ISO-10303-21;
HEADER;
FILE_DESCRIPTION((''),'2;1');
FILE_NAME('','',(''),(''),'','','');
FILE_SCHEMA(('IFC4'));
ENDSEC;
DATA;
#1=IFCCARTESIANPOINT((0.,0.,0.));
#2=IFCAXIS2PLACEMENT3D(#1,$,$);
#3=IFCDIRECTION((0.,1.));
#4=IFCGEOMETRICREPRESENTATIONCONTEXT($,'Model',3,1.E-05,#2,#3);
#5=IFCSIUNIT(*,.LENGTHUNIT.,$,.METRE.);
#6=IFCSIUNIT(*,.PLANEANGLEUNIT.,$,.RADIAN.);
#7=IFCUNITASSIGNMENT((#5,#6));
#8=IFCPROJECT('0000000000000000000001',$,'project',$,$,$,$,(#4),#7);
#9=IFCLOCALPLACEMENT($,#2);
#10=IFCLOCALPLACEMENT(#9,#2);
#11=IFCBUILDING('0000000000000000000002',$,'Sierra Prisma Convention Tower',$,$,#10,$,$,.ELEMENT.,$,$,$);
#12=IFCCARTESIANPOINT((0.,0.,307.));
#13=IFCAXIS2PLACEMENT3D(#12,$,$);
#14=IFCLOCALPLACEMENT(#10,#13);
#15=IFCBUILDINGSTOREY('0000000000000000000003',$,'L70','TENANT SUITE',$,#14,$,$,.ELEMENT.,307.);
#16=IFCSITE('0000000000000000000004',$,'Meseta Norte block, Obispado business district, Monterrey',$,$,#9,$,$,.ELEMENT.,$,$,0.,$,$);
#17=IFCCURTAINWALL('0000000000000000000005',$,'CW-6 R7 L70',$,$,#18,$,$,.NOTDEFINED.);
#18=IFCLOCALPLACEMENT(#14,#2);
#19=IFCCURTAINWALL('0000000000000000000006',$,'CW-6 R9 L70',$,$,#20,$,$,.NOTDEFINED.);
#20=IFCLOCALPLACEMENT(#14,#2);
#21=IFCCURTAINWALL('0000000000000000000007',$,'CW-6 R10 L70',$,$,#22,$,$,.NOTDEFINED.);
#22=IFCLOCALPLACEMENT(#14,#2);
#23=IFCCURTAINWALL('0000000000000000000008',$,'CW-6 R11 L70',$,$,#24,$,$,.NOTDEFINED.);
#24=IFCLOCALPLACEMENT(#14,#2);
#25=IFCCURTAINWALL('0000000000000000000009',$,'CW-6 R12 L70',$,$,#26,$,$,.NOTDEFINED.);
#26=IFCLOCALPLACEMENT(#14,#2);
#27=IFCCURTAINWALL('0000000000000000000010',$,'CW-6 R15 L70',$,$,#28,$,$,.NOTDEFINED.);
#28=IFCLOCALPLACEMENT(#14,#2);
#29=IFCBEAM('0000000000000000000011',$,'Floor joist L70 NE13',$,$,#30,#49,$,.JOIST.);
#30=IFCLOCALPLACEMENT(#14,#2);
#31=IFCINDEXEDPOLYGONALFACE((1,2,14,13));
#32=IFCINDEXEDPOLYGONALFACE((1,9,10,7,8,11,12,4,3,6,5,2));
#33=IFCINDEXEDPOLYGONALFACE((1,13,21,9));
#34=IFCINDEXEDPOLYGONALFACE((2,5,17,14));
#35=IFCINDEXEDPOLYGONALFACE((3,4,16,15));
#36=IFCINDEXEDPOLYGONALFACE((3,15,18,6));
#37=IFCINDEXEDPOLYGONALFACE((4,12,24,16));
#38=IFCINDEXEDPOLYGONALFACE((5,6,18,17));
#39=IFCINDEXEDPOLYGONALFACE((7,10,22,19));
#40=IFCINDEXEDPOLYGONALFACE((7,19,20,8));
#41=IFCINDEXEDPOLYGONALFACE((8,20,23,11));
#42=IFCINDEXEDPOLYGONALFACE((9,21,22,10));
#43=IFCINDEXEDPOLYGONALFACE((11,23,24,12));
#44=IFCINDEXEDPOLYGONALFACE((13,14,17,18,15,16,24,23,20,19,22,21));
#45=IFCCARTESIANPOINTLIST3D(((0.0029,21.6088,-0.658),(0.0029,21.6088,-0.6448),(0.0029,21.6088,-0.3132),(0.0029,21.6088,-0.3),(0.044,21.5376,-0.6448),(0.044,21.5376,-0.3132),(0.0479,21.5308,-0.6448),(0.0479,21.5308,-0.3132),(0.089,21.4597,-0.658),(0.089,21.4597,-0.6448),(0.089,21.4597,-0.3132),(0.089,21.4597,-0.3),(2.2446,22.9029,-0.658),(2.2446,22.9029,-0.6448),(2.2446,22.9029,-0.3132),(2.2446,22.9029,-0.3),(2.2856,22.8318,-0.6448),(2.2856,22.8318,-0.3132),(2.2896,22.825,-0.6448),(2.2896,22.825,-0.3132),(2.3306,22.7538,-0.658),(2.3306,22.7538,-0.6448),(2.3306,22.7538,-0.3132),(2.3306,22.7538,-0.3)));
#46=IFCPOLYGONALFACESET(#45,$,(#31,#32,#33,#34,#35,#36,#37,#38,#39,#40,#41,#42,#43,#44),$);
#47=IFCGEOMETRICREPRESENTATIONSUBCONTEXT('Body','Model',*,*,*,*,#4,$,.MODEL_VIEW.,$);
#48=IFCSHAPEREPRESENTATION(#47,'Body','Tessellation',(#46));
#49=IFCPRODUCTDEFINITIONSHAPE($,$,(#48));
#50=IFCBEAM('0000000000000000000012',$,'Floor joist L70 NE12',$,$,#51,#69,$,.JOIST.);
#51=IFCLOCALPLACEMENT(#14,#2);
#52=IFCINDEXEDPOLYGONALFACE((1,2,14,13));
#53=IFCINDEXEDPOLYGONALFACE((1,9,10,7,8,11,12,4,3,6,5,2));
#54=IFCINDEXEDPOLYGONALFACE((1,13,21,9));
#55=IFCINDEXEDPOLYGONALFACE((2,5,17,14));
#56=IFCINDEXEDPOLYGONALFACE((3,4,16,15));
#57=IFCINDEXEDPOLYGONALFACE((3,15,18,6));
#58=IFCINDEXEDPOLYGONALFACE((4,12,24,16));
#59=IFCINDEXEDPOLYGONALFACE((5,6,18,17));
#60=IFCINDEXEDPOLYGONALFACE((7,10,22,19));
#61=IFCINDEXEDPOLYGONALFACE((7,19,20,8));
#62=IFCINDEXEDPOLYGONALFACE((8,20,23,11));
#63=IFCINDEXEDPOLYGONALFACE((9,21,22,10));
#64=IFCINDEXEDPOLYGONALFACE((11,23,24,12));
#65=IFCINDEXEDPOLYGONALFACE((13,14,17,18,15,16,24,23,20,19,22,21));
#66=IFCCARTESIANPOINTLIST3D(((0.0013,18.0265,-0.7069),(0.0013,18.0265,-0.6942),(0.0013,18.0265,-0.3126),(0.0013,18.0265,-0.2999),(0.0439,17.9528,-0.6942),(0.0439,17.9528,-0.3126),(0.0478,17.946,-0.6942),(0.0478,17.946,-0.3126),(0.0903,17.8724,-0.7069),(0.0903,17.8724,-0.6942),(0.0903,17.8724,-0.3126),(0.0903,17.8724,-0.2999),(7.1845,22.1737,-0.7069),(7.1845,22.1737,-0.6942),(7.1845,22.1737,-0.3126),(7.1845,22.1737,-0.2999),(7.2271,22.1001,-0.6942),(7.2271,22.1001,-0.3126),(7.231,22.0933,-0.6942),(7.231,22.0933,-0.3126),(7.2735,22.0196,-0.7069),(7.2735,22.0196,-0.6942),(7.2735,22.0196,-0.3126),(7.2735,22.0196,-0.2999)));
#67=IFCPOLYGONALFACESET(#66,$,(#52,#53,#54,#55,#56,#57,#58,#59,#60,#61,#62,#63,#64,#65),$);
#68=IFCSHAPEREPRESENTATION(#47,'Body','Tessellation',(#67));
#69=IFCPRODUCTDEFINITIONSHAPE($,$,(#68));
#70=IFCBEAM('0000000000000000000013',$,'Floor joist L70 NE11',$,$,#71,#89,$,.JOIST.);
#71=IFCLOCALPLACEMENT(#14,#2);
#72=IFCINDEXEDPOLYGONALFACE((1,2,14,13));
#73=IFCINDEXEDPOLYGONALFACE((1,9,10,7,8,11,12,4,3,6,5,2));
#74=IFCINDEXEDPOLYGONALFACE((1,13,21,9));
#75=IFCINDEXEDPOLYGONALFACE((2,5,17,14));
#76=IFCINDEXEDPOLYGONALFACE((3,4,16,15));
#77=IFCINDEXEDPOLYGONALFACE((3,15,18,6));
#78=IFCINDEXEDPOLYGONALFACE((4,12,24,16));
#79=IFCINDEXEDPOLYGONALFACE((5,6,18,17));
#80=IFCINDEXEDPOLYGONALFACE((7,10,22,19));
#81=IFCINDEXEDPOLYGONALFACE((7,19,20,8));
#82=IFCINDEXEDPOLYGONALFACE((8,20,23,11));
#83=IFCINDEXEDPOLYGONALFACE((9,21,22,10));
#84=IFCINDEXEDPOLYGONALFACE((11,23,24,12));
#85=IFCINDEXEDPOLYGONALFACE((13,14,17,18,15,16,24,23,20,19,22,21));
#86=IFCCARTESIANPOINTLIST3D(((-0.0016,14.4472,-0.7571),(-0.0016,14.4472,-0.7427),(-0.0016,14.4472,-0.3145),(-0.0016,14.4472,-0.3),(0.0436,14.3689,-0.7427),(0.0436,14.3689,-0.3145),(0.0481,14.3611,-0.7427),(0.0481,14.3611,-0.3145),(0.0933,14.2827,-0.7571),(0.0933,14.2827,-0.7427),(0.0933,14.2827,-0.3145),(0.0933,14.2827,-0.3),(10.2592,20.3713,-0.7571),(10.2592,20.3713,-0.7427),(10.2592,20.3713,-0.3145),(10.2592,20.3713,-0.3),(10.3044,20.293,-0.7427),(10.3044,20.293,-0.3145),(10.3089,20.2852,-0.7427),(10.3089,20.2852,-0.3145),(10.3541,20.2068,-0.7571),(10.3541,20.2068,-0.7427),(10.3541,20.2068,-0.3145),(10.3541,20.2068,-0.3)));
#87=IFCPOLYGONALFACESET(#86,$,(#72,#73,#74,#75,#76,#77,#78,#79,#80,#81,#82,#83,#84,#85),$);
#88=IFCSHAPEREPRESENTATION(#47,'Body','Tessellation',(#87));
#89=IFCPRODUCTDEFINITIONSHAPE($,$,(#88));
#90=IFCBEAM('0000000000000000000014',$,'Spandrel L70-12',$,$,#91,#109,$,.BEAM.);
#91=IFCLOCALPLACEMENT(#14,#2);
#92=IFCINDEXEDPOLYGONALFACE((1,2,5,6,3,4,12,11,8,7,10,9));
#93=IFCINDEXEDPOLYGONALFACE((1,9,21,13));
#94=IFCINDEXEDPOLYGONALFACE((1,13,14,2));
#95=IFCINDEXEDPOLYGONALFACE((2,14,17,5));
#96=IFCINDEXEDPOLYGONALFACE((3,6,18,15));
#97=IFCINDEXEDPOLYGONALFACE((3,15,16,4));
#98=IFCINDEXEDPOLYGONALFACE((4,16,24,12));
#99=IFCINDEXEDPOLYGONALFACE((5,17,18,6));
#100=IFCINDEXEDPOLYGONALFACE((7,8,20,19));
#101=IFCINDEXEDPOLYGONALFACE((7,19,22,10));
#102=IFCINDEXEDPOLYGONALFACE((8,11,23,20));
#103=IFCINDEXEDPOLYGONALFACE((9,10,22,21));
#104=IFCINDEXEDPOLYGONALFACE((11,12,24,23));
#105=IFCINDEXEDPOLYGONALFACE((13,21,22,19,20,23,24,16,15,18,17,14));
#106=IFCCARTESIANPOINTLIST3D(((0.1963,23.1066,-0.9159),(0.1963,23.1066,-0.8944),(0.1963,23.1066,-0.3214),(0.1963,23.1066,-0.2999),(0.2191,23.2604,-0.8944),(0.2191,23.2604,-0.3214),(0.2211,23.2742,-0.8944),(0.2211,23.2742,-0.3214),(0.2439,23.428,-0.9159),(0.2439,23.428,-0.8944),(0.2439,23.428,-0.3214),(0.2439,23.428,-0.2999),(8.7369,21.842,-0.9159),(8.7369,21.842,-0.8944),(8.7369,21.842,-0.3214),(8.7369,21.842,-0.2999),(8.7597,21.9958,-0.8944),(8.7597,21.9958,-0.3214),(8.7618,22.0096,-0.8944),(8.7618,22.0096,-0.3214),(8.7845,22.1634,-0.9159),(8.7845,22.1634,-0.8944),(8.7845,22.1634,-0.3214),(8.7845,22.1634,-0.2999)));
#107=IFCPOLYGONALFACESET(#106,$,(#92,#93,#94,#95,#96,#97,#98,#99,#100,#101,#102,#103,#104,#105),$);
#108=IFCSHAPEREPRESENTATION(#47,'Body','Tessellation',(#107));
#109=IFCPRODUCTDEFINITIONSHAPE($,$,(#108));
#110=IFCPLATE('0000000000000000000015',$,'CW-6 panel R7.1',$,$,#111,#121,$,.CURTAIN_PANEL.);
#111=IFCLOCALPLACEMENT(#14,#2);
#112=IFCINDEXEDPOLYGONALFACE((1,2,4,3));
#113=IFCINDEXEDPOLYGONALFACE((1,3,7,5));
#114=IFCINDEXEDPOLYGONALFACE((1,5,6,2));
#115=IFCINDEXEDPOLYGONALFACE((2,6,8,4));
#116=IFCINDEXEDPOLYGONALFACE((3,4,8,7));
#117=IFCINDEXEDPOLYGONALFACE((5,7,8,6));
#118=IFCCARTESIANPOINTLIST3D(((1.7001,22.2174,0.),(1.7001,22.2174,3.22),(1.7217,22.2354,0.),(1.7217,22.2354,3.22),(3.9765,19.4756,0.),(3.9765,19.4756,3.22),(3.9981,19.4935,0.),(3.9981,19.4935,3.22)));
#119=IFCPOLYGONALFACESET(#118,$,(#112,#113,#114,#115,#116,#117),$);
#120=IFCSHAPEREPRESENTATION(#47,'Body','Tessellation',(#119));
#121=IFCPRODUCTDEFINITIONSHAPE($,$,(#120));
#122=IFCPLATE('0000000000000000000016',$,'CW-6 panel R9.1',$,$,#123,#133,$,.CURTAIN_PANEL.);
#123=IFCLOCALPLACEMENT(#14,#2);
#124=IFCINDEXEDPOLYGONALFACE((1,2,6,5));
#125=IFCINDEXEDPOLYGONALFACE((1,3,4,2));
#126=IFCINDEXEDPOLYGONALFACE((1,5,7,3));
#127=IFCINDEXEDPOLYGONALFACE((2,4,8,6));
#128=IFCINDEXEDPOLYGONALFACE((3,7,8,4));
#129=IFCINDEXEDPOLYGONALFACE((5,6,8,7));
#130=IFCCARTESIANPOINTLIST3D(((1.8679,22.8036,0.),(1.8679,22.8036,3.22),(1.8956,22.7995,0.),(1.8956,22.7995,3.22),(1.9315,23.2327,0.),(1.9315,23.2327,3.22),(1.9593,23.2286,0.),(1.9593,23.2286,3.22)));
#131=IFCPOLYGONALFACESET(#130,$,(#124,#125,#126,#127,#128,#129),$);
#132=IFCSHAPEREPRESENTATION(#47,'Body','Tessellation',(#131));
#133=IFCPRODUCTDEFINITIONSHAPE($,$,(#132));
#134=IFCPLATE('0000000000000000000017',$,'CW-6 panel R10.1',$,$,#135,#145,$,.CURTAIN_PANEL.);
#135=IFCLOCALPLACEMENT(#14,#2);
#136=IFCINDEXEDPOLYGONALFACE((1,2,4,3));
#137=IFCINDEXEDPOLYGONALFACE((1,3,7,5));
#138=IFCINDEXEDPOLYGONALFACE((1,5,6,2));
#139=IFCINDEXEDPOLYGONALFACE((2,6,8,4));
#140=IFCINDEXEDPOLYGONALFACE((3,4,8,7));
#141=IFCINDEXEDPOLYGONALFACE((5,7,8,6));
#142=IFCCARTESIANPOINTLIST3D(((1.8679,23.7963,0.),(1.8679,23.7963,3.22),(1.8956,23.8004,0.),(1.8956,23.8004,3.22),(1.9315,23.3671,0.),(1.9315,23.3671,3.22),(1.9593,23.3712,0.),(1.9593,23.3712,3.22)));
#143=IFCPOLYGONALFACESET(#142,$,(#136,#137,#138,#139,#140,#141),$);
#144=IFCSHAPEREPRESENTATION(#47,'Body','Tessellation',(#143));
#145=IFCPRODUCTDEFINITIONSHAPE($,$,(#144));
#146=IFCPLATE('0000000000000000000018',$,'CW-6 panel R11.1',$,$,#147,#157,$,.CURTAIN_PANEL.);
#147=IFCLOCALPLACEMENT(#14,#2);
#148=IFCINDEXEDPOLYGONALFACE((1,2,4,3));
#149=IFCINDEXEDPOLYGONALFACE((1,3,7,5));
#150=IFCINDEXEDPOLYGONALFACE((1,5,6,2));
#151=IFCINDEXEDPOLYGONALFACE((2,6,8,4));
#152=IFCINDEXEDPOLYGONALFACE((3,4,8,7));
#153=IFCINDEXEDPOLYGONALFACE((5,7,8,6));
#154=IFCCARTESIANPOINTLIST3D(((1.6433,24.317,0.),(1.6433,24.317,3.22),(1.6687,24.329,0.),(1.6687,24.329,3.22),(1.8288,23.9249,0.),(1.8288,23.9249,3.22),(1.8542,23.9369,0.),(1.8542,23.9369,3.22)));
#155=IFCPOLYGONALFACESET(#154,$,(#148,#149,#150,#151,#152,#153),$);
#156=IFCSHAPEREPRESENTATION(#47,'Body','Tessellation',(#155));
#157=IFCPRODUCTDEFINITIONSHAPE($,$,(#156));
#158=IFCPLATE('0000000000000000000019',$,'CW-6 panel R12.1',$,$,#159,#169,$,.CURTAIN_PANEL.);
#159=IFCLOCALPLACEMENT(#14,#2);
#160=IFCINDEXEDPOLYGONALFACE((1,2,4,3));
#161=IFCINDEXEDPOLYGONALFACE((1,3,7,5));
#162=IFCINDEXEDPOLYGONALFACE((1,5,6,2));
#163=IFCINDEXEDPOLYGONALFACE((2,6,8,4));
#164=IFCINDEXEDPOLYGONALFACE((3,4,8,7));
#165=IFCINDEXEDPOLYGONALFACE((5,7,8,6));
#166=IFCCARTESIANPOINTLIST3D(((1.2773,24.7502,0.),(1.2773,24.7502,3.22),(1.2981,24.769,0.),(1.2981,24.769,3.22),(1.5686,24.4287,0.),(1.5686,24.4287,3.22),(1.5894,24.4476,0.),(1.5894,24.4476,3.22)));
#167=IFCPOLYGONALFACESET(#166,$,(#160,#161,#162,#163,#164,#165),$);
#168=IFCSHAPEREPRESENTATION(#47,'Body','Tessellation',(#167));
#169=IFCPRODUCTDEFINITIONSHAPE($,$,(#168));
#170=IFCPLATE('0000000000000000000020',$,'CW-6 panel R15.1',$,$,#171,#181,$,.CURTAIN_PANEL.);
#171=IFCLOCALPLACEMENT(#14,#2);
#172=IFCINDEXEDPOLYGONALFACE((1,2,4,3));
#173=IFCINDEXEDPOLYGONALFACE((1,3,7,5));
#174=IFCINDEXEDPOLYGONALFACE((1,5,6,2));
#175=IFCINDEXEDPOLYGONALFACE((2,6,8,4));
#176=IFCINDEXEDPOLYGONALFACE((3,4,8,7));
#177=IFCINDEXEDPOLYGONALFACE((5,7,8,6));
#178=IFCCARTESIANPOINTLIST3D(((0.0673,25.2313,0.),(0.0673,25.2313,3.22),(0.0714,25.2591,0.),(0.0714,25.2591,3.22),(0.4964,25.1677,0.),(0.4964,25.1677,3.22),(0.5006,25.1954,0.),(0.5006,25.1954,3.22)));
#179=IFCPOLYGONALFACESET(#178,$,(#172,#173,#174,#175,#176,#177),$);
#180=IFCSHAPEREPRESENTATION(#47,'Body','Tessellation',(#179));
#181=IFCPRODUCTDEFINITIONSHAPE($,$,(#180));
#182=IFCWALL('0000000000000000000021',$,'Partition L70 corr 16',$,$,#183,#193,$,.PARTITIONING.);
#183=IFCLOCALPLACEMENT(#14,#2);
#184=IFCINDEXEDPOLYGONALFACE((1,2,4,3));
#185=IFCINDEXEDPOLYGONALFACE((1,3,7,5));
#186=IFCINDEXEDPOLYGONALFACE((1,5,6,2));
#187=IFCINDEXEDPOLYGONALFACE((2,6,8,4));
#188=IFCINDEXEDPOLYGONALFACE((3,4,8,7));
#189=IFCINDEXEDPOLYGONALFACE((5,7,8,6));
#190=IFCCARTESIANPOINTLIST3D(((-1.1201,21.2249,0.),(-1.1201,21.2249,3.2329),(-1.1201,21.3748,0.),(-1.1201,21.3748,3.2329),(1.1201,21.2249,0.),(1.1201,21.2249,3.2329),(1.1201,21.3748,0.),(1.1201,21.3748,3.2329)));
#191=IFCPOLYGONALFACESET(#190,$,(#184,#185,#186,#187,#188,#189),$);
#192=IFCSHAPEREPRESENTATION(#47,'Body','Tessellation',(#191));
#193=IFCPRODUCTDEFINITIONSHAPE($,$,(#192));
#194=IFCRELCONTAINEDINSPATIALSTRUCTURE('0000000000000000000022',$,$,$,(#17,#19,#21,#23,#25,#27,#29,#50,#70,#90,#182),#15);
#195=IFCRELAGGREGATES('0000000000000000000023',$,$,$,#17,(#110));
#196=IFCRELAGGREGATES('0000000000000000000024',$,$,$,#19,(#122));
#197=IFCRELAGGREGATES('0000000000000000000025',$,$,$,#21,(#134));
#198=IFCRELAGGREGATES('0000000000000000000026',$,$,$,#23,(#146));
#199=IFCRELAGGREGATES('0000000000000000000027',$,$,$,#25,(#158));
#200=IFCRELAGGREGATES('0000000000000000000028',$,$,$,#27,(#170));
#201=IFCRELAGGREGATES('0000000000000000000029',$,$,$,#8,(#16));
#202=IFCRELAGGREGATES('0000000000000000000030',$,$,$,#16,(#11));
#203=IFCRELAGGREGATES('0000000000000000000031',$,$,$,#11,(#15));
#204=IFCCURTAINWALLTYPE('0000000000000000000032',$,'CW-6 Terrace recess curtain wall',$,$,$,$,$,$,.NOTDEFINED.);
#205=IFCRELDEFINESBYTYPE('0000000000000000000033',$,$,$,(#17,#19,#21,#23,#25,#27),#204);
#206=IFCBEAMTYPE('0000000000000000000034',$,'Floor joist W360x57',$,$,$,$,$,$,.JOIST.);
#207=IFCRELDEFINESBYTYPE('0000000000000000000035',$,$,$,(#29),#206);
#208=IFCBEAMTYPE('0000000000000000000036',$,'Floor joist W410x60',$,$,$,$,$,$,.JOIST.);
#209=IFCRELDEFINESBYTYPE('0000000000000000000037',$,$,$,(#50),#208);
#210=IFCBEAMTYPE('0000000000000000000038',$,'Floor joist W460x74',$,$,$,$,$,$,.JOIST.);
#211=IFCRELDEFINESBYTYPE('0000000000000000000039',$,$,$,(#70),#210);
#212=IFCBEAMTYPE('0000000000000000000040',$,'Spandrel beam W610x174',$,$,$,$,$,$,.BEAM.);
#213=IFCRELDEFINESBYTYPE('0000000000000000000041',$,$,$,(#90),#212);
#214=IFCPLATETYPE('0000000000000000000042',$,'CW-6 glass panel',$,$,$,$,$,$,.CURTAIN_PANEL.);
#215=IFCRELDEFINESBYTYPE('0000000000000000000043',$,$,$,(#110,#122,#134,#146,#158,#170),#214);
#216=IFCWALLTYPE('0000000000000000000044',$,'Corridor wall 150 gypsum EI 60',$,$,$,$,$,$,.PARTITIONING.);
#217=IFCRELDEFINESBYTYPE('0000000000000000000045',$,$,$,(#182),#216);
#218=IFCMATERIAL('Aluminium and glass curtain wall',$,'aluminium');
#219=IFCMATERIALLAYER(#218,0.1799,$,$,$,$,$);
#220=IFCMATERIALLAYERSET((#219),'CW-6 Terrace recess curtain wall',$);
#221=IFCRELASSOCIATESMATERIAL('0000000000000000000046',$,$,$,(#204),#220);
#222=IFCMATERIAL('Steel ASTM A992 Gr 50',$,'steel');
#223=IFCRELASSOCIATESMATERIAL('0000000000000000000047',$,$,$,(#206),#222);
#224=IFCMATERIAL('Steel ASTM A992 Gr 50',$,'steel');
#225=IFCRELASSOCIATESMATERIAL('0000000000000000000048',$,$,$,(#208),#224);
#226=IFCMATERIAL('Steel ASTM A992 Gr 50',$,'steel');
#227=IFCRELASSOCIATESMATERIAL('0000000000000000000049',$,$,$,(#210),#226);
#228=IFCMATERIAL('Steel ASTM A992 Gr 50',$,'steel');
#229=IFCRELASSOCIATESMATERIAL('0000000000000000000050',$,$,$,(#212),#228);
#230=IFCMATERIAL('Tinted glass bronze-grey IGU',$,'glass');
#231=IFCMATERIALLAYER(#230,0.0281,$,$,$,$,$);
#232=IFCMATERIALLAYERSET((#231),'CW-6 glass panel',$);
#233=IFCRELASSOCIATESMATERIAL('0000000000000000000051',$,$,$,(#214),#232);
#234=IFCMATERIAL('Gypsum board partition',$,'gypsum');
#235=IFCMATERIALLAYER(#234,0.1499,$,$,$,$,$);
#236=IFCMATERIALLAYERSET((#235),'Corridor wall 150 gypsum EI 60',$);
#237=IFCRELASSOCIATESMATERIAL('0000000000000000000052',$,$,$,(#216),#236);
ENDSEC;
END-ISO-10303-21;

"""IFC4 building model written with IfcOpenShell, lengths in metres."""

from ifc_helpers import new_model, si_unit, direction, frame, frame_2d, origin, origin_2d, place, context, subcontext, project, spatial, rectangle, i_section, extrude, material, layer, layer_set, material_profile, profile_set, type_object, element, aggregate, save


model = new_model("IFC4")

# Units and contexts
model_context = context("Model", 3, precision=1e-05, world=origin(), true_north=direction((0.0, 1.0)))
body_context = subcontext(model_context, "Body", "Model", "MODEL_VIEW")
ifc_project = project(units=[si_unit("LENGTHUNIT", "METRE"), si_unit("PLANEANGLEUNIT", "RADIAN")], contexts=[model_context])

# Site, building, storey
site_placement = place(None, origin())
site = spatial("IfcSite", under=ifc_project, at=site_placement, Name="Meseta Norte block, Obispado business district, Monterrey", CompositionType="ELEMENT", RefElevation=0.0)
building_placement = place(site_placement, origin())
building = spatial("IfcBuilding", under=site, at=building_placement, Name="Sierra Prisma Convention Tower", CompositionType="ELEMENT")
storey_placement = place(building_placement, frame((0.0, 0.0, 307.0)))
storey = spatial("IfcBuildingStorey", under=building, at=storey_placement, Name="L70", Description="TENANT SUITE", CompositionType="ELEMENT", Elevation=307.0)

# Curtain walls
ifc_material_1 = material(Name="Aluminium and glass curtain wall", Category="aluminium")
ifc_layer_1 = layer(ifc_material_1, 0.1799)
ifc_layer_set_1 = layer_set([ifc_layer_1], Name="CW-6 Terrace recess curtain wall")
curtain_wall_type = type_object("IfcCurtainWallType", Name="CW-6 Terrace recess curtain wall", PredefinedType="NOTDEFINED", material=ifc_layer_set_1)
curtain_wall_1_placement = place(storey_placement, origin())
curtain_wall_1 = element("IfcCurtainWall", 1, at=curtain_wall_1_placement, inside=storey, type_object=curtain_wall_type, Name="CW-6 R7 L70", PredefinedType="NOTDEFINED")
curtain_wall_2_placement = place(storey_placement, origin())
curtain_wall_2 = element("IfcCurtainWall", 2, at=curtain_wall_2_placement, inside=storey, type_object=curtain_wall_type, Name="CW-6 R9 L70", PredefinedType="NOTDEFINED")
curtain_wall_3_placement = place(storey_placement, origin())
curtain_wall_3 = element("IfcCurtainWall", 3, at=curtain_wall_3_placement, inside=storey, type_object=curtain_wall_type, Name="CW-6 R10 L70", PredefinedType="NOTDEFINED")
curtain_wall_4_placement = place(storey_placement, origin())
curtain_wall_4 = element("IfcCurtainWall", 4, at=curtain_wall_4_placement, inside=storey, type_object=curtain_wall_type, Name="CW-6 R11 L70", PredefinedType="NOTDEFINED")
curtain_wall_5_placement = place(storey_placement, origin())
curtain_wall_5 = element("IfcCurtainWall", 5, at=curtain_wall_5_placement, inside=storey, type_object=curtain_wall_type, Name="CW-6 R12 L70", PredefinedType="NOTDEFINED")
curtain_wall_6_placement = place(storey_placement, origin())
curtain_wall_6 = element("IfcCurtainWall", 6, at=curtain_wall_6_placement, inside=storey, type_object=curtain_wall_type, Name="CW-6 R15 L70", PredefinedType="NOTDEFINED")

# Beams
ifc_material_2 = material(Name="Steel ASTM A992 Gr 50", Category="steel")
ifc_material_profile_1 = material_profile(ifc_material_2, i_section(OverallWidth=0.1721, OverallDepth=0.3579, WebThickness=0.0078, FlangeThickness=0.0132, at=origin_2d()), Name="W360x57")
ifc_profile_set_1 = profile_set([ifc_material_profile_1], Name="Steel ASTM A992 Gr 50")
beam_type_1 = type_object("IfcBeamType", Name="Floor joist W360x57", PredefinedType="JOIST", material=ifc_profile_set_1)
beam_1_placement = place(storey_placement, frame((2.2876, 22.8284, -0.479), z_axis=(-0.866035, -0.499984, 0.0), x_axis=(0.499984, -0.866035, 0.0)))
element("IfcBeam", 7, at=beam_1_placement, inside=storey, type_object=beam_type_1, Name="Floor joist L70 NE13", PredefinedType="JOIST", context=body_context, shape_type="SweptSolid", body=[
    extrude(i_section(OverallWidth=0.1721, OverallDepth=0.3579, WebThickness=0.0078, FlangeThickness=0.0132, at=origin_2d()), origin(), (0.0, 0.0, 1.0), 2.5884),
])
ifc_material_3 = material(Name="Steel ASTM A992 Gr 50", Category="steel")
ifc_material_profile_2 = material_profile(ifc_material_3, i_section(OverallWidth=0.178, OverallDepth=0.407, WebThickness=0.0078, FlangeThickness=0.0127, at=origin_2d()), Name="W410x60")
ifc_profile_set_2 = profile_set([ifc_material_profile_2], Name="Steel ASTM A992 Gr 50")
beam_type_2 = type_object("IfcBeamType", Name="Floor joist W410x60", PredefinedType="JOIST", material=ifc_profile_set_2)
beam_2_placement = place(storey_placement, frame((7.229, 22.0967, -0.5034), z_axis=(-0.866023, -0.500004, 0.0), x_axis=(0.500004, -0.866023, 0.0)))
element("IfcBeam", 8, at=beam_2_placement, inside=storey, type_object=beam_type_2, Name="Floor joist L70 NE12", PredefinedType="JOIST", context=body_context, shape_type="SweptSolid", body=[
    extrude(i_section(OverallWidth=0.178, OverallDepth=0.407, WebThickness=0.0078, FlangeThickness=0.0127, at=origin_2d()), origin(), (0.0, 0.0, 1.0), 8.2944),
])
ifc_material_4 = material(Name="Steel ASTM A992 Gr 50", Category="steel")
ifc_material_profile_3 = material_profile(ifc_material_4, i_section(OverallWidth=0.1899, OverallDepth=0.457, WebThickness=0.009, FlangeThickness=0.0144, at=origin_2d()), Name="W460x74")
ifc_profile_set_3 = profile_set([ifc_material_profile_3], Name="Steel ASTM A992 Gr 50")
beam_type_3 = type_object("IfcBeamType", Name="Floor joist W460x74", PredefinedType="JOIST", material=ifc_profile_set_3)
beam_3_placement = place(storey_placement, frame((10.3066, 20.2891, -0.5286), z_axis=(-0.866024, -0.500002, 0.0), x_axis=(0.500002, -0.866024, 0.0)))
element("IfcBeam", 9, at=beam_3_placement, inside=storey, type_object=beam_type_3, Name="Floor joist L70 NE11", PredefinedType="JOIST", context=body_context, shape_type="SweptSolid", body=[
    extrude(i_section(OverallWidth=0.1899, OverallDepth=0.457, WebThickness=0.009, FlangeThickness=0.0144, at=origin_2d()), origin(), (0.0, 0.0, 1.0), 11.8481),
])
ifc_material_5 = material(Name="Steel ASTM A992 Gr 50", Category="steel")
ifc_material_profile_4 = material_profile(ifc_material_5, i_section(OverallWidth=0.325, OverallDepth=0.616, WebThickness=0.0139, FlangeThickness=0.0215, at=origin_2d()), Name="W610x174")
ifc_profile_set_4 = profile_set([ifc_material_profile_4], Name="Steel ASTM A992 Gr 50")
beam_type_4 = type_object("IfcBeamType", Name="Spandrel beam W610x174", PredefinedType="BEAM", material=ifc_profile_set_4)
beam_4_placement = place(storey_placement, frame((8.7607, 22.0027, -0.6079), z_axis=(-0.989214, 0.146475, 0.0), x_axis=(-0.146475, -0.989214, 0.0)))
element("IfcBeam", 10, at=beam_4_placement, inside=storey, type_object=beam_type_4, Name="Spandrel L70-12", PredefinedType="BEAM", context=body_context, shape_type="SweptSolid", body=[
    extrude(i_section(OverallWidth=0.325, OverallDepth=0.616, WebThickness=0.0139, FlangeThickness=0.0215, at=origin_2d()), origin(), (0.0, 0.0, 1.0), 8.6338),
])

# Plates
ifc_material_6 = material(Name="Tinted glass bronze-grey IGU", Category="glass")
ifc_layer_2 = layer(ifc_material_6, 0.0281)
ifc_layer_set_2 = layer_set([ifc_layer_2], Name="CW-6 glass panel")
plate_type = type_object("IfcPlateType", Name="CW-6 glass panel", PredefinedType="CURTAIN_PANEL", material=ifc_layer_set_2)
plate_1_placement = place(storey_placement, frame((2.8491, 20.8555, 0.0), z_axis=(0.0, 0.0, 1.0), x_axis=(-0.638784, 0.769386, 0.0)))
plate_1 = element("IfcPlate", 11, at=plate_1_placement, type_object=plate_type, Name="CW-6 panel R7.1", PredefinedType="CURTAIN_PANEL", context=body_context, shape_type="SweptSolid", body=[
    extrude(rectangle(XDim=3.5637, YDim=0.0281, at=origin_2d()), origin(), (0.0, 0.0, 1.0), 3.22),
])
aggregate(curtain_wall_1, [plate_1])
plate_2_placement = place(storey_placement, frame((1.9136, 23.0161, 0.0), z_axis=(0.0, 0.0, 1.0), x_axis=(0.14673, 0.989177, 0.0)))
plate_2 = element("IfcPlate", 12, at=plate_2_placement, type_object=plate_type, Name="CW-6 panel R9.1", PredefinedType="CURTAIN_PANEL", context=body_context, shape_type="SweptSolid", body=[
    extrude(rectangle(XDim=0.4338, YDim=0.0281, at=origin_2d()), origin(), (0.0, 0.0, 1.0), 3.22),
])
aggregate(curtain_wall_2, [plate_2])
plate_3_placement = place(storey_placement, frame((1.9136, 23.5837, 0.0), z_axis=(0.0, 0.0, 1.0), x_axis=(-0.14673, 0.989177, 0.0)))
plate_3 = element("IfcPlate", 13, at=plate_3_placement, type_object=plate_type, Name="CW-6 panel R10.1", PredefinedType="CURTAIN_PANEL", context=body_context, shape_type="SweptSolid", body=[
    extrude(rectangle(XDim=0.4338, YDim=0.0281, at=origin_2d()), origin(), (0.0, 0.0, 1.0), 3.22),
])
aggregate(curtain_wall_3, [plate_3])
plate_4_placement = place(storey_placement, frame((1.7488, 24.127, 0.0), z_axis=(0.0, 0.0, 1.0), x_axis=(-0.427555, 0.903989, 0.0)))
plate_4 = element("IfcPlate", 14, at=plate_4_placement, type_object=plate_type, Name="CW-6 panel R11.1", PredefinedType="CURTAIN_PANEL", context=body_context, shape_type="SweptSolid", body=[
    extrude(rectangle(XDim=0.4338, YDim=0.0281, at=origin_2d()), origin(), (0.0, 0.0, 1.0), 3.22),
])
aggregate(curtain_wall_4, [plate_4])
plate_5_placement = place(storey_placement, frame((1.4333, 24.5989, 0.0), z_axis=(0.0, 0.0, 1.0), x_axis=(-0.671559, 0.740951, 0.0)))
plate_5 = element("IfcPlate", 15, at=plate_5_placement, type_object=plate_type, Name="CW-6 panel R12.1", PredefinedType="CURTAIN_PANEL", context=body_context, shape_type="SweptSolid", body=[
    extrude(rectangle(XDim=0.4338, YDim=0.0281, at=origin_2d()), origin(), (0.0, 0.0, 1.0), 3.22),
])
aggregate(curtain_wall_5, [plate_5])
plate_6_placement = place(storey_placement, frame((0.2839, 25.2134, 0.0), z_axis=(0.0, 0.0, 1.0), x_axis=(-0.989177, 0.14673, 0.0)))
plate_6 = element("IfcPlate", 16, at=plate_6_placement, type_object=plate_type, Name="CW-6 panel R15.1", PredefinedType="CURTAIN_PANEL", context=body_context, shape_type="SweptSolid", body=[
    extrude(rectangle(XDim=0.4338, YDim=0.0281, at=origin_2d()), origin(), (0.0, 0.0, 1.0), 3.22),
])
aggregate(curtain_wall_6, [plate_6])

# Wall
ifc_material_7 = material(Name="Gypsum board partition", Category="gypsum")
ifc_layer_3 = layer(ifc_material_7, 0.1499)
ifc_layer_set_3 = layer_set([ifc_layer_3], Name="Corridor wall 150 gypsum EI 60")
wall_type_1 = type_object("IfcWallType", Name="Corridor wall 150 gypsum EI 60", PredefinedType="PARTITIONING", material=ifc_layer_set_3)
wall_1_placement = place(storey_placement, frame((1.1201, 21.2998, 0.0), z_axis=(0.0, 0.0, 1.0), x_axis=(-1.0, 0.0, 0.0)))
element("IfcWall", 17, at=wall_1_placement, inside=storey, type_object=wall_type_1, Name="Partition L70 corr 16", PredefinedType="PARTITIONING", context=body_context, shape_type="SweptSolid", body=[
    extrude(rectangle(XDim=2.2402, YDim=0.1499, at=frame_2d((1.1201, 0.0))), origin(), (0.0, 0.0, 1.0), 3.2329),
])

save(model, "model.ifc")
